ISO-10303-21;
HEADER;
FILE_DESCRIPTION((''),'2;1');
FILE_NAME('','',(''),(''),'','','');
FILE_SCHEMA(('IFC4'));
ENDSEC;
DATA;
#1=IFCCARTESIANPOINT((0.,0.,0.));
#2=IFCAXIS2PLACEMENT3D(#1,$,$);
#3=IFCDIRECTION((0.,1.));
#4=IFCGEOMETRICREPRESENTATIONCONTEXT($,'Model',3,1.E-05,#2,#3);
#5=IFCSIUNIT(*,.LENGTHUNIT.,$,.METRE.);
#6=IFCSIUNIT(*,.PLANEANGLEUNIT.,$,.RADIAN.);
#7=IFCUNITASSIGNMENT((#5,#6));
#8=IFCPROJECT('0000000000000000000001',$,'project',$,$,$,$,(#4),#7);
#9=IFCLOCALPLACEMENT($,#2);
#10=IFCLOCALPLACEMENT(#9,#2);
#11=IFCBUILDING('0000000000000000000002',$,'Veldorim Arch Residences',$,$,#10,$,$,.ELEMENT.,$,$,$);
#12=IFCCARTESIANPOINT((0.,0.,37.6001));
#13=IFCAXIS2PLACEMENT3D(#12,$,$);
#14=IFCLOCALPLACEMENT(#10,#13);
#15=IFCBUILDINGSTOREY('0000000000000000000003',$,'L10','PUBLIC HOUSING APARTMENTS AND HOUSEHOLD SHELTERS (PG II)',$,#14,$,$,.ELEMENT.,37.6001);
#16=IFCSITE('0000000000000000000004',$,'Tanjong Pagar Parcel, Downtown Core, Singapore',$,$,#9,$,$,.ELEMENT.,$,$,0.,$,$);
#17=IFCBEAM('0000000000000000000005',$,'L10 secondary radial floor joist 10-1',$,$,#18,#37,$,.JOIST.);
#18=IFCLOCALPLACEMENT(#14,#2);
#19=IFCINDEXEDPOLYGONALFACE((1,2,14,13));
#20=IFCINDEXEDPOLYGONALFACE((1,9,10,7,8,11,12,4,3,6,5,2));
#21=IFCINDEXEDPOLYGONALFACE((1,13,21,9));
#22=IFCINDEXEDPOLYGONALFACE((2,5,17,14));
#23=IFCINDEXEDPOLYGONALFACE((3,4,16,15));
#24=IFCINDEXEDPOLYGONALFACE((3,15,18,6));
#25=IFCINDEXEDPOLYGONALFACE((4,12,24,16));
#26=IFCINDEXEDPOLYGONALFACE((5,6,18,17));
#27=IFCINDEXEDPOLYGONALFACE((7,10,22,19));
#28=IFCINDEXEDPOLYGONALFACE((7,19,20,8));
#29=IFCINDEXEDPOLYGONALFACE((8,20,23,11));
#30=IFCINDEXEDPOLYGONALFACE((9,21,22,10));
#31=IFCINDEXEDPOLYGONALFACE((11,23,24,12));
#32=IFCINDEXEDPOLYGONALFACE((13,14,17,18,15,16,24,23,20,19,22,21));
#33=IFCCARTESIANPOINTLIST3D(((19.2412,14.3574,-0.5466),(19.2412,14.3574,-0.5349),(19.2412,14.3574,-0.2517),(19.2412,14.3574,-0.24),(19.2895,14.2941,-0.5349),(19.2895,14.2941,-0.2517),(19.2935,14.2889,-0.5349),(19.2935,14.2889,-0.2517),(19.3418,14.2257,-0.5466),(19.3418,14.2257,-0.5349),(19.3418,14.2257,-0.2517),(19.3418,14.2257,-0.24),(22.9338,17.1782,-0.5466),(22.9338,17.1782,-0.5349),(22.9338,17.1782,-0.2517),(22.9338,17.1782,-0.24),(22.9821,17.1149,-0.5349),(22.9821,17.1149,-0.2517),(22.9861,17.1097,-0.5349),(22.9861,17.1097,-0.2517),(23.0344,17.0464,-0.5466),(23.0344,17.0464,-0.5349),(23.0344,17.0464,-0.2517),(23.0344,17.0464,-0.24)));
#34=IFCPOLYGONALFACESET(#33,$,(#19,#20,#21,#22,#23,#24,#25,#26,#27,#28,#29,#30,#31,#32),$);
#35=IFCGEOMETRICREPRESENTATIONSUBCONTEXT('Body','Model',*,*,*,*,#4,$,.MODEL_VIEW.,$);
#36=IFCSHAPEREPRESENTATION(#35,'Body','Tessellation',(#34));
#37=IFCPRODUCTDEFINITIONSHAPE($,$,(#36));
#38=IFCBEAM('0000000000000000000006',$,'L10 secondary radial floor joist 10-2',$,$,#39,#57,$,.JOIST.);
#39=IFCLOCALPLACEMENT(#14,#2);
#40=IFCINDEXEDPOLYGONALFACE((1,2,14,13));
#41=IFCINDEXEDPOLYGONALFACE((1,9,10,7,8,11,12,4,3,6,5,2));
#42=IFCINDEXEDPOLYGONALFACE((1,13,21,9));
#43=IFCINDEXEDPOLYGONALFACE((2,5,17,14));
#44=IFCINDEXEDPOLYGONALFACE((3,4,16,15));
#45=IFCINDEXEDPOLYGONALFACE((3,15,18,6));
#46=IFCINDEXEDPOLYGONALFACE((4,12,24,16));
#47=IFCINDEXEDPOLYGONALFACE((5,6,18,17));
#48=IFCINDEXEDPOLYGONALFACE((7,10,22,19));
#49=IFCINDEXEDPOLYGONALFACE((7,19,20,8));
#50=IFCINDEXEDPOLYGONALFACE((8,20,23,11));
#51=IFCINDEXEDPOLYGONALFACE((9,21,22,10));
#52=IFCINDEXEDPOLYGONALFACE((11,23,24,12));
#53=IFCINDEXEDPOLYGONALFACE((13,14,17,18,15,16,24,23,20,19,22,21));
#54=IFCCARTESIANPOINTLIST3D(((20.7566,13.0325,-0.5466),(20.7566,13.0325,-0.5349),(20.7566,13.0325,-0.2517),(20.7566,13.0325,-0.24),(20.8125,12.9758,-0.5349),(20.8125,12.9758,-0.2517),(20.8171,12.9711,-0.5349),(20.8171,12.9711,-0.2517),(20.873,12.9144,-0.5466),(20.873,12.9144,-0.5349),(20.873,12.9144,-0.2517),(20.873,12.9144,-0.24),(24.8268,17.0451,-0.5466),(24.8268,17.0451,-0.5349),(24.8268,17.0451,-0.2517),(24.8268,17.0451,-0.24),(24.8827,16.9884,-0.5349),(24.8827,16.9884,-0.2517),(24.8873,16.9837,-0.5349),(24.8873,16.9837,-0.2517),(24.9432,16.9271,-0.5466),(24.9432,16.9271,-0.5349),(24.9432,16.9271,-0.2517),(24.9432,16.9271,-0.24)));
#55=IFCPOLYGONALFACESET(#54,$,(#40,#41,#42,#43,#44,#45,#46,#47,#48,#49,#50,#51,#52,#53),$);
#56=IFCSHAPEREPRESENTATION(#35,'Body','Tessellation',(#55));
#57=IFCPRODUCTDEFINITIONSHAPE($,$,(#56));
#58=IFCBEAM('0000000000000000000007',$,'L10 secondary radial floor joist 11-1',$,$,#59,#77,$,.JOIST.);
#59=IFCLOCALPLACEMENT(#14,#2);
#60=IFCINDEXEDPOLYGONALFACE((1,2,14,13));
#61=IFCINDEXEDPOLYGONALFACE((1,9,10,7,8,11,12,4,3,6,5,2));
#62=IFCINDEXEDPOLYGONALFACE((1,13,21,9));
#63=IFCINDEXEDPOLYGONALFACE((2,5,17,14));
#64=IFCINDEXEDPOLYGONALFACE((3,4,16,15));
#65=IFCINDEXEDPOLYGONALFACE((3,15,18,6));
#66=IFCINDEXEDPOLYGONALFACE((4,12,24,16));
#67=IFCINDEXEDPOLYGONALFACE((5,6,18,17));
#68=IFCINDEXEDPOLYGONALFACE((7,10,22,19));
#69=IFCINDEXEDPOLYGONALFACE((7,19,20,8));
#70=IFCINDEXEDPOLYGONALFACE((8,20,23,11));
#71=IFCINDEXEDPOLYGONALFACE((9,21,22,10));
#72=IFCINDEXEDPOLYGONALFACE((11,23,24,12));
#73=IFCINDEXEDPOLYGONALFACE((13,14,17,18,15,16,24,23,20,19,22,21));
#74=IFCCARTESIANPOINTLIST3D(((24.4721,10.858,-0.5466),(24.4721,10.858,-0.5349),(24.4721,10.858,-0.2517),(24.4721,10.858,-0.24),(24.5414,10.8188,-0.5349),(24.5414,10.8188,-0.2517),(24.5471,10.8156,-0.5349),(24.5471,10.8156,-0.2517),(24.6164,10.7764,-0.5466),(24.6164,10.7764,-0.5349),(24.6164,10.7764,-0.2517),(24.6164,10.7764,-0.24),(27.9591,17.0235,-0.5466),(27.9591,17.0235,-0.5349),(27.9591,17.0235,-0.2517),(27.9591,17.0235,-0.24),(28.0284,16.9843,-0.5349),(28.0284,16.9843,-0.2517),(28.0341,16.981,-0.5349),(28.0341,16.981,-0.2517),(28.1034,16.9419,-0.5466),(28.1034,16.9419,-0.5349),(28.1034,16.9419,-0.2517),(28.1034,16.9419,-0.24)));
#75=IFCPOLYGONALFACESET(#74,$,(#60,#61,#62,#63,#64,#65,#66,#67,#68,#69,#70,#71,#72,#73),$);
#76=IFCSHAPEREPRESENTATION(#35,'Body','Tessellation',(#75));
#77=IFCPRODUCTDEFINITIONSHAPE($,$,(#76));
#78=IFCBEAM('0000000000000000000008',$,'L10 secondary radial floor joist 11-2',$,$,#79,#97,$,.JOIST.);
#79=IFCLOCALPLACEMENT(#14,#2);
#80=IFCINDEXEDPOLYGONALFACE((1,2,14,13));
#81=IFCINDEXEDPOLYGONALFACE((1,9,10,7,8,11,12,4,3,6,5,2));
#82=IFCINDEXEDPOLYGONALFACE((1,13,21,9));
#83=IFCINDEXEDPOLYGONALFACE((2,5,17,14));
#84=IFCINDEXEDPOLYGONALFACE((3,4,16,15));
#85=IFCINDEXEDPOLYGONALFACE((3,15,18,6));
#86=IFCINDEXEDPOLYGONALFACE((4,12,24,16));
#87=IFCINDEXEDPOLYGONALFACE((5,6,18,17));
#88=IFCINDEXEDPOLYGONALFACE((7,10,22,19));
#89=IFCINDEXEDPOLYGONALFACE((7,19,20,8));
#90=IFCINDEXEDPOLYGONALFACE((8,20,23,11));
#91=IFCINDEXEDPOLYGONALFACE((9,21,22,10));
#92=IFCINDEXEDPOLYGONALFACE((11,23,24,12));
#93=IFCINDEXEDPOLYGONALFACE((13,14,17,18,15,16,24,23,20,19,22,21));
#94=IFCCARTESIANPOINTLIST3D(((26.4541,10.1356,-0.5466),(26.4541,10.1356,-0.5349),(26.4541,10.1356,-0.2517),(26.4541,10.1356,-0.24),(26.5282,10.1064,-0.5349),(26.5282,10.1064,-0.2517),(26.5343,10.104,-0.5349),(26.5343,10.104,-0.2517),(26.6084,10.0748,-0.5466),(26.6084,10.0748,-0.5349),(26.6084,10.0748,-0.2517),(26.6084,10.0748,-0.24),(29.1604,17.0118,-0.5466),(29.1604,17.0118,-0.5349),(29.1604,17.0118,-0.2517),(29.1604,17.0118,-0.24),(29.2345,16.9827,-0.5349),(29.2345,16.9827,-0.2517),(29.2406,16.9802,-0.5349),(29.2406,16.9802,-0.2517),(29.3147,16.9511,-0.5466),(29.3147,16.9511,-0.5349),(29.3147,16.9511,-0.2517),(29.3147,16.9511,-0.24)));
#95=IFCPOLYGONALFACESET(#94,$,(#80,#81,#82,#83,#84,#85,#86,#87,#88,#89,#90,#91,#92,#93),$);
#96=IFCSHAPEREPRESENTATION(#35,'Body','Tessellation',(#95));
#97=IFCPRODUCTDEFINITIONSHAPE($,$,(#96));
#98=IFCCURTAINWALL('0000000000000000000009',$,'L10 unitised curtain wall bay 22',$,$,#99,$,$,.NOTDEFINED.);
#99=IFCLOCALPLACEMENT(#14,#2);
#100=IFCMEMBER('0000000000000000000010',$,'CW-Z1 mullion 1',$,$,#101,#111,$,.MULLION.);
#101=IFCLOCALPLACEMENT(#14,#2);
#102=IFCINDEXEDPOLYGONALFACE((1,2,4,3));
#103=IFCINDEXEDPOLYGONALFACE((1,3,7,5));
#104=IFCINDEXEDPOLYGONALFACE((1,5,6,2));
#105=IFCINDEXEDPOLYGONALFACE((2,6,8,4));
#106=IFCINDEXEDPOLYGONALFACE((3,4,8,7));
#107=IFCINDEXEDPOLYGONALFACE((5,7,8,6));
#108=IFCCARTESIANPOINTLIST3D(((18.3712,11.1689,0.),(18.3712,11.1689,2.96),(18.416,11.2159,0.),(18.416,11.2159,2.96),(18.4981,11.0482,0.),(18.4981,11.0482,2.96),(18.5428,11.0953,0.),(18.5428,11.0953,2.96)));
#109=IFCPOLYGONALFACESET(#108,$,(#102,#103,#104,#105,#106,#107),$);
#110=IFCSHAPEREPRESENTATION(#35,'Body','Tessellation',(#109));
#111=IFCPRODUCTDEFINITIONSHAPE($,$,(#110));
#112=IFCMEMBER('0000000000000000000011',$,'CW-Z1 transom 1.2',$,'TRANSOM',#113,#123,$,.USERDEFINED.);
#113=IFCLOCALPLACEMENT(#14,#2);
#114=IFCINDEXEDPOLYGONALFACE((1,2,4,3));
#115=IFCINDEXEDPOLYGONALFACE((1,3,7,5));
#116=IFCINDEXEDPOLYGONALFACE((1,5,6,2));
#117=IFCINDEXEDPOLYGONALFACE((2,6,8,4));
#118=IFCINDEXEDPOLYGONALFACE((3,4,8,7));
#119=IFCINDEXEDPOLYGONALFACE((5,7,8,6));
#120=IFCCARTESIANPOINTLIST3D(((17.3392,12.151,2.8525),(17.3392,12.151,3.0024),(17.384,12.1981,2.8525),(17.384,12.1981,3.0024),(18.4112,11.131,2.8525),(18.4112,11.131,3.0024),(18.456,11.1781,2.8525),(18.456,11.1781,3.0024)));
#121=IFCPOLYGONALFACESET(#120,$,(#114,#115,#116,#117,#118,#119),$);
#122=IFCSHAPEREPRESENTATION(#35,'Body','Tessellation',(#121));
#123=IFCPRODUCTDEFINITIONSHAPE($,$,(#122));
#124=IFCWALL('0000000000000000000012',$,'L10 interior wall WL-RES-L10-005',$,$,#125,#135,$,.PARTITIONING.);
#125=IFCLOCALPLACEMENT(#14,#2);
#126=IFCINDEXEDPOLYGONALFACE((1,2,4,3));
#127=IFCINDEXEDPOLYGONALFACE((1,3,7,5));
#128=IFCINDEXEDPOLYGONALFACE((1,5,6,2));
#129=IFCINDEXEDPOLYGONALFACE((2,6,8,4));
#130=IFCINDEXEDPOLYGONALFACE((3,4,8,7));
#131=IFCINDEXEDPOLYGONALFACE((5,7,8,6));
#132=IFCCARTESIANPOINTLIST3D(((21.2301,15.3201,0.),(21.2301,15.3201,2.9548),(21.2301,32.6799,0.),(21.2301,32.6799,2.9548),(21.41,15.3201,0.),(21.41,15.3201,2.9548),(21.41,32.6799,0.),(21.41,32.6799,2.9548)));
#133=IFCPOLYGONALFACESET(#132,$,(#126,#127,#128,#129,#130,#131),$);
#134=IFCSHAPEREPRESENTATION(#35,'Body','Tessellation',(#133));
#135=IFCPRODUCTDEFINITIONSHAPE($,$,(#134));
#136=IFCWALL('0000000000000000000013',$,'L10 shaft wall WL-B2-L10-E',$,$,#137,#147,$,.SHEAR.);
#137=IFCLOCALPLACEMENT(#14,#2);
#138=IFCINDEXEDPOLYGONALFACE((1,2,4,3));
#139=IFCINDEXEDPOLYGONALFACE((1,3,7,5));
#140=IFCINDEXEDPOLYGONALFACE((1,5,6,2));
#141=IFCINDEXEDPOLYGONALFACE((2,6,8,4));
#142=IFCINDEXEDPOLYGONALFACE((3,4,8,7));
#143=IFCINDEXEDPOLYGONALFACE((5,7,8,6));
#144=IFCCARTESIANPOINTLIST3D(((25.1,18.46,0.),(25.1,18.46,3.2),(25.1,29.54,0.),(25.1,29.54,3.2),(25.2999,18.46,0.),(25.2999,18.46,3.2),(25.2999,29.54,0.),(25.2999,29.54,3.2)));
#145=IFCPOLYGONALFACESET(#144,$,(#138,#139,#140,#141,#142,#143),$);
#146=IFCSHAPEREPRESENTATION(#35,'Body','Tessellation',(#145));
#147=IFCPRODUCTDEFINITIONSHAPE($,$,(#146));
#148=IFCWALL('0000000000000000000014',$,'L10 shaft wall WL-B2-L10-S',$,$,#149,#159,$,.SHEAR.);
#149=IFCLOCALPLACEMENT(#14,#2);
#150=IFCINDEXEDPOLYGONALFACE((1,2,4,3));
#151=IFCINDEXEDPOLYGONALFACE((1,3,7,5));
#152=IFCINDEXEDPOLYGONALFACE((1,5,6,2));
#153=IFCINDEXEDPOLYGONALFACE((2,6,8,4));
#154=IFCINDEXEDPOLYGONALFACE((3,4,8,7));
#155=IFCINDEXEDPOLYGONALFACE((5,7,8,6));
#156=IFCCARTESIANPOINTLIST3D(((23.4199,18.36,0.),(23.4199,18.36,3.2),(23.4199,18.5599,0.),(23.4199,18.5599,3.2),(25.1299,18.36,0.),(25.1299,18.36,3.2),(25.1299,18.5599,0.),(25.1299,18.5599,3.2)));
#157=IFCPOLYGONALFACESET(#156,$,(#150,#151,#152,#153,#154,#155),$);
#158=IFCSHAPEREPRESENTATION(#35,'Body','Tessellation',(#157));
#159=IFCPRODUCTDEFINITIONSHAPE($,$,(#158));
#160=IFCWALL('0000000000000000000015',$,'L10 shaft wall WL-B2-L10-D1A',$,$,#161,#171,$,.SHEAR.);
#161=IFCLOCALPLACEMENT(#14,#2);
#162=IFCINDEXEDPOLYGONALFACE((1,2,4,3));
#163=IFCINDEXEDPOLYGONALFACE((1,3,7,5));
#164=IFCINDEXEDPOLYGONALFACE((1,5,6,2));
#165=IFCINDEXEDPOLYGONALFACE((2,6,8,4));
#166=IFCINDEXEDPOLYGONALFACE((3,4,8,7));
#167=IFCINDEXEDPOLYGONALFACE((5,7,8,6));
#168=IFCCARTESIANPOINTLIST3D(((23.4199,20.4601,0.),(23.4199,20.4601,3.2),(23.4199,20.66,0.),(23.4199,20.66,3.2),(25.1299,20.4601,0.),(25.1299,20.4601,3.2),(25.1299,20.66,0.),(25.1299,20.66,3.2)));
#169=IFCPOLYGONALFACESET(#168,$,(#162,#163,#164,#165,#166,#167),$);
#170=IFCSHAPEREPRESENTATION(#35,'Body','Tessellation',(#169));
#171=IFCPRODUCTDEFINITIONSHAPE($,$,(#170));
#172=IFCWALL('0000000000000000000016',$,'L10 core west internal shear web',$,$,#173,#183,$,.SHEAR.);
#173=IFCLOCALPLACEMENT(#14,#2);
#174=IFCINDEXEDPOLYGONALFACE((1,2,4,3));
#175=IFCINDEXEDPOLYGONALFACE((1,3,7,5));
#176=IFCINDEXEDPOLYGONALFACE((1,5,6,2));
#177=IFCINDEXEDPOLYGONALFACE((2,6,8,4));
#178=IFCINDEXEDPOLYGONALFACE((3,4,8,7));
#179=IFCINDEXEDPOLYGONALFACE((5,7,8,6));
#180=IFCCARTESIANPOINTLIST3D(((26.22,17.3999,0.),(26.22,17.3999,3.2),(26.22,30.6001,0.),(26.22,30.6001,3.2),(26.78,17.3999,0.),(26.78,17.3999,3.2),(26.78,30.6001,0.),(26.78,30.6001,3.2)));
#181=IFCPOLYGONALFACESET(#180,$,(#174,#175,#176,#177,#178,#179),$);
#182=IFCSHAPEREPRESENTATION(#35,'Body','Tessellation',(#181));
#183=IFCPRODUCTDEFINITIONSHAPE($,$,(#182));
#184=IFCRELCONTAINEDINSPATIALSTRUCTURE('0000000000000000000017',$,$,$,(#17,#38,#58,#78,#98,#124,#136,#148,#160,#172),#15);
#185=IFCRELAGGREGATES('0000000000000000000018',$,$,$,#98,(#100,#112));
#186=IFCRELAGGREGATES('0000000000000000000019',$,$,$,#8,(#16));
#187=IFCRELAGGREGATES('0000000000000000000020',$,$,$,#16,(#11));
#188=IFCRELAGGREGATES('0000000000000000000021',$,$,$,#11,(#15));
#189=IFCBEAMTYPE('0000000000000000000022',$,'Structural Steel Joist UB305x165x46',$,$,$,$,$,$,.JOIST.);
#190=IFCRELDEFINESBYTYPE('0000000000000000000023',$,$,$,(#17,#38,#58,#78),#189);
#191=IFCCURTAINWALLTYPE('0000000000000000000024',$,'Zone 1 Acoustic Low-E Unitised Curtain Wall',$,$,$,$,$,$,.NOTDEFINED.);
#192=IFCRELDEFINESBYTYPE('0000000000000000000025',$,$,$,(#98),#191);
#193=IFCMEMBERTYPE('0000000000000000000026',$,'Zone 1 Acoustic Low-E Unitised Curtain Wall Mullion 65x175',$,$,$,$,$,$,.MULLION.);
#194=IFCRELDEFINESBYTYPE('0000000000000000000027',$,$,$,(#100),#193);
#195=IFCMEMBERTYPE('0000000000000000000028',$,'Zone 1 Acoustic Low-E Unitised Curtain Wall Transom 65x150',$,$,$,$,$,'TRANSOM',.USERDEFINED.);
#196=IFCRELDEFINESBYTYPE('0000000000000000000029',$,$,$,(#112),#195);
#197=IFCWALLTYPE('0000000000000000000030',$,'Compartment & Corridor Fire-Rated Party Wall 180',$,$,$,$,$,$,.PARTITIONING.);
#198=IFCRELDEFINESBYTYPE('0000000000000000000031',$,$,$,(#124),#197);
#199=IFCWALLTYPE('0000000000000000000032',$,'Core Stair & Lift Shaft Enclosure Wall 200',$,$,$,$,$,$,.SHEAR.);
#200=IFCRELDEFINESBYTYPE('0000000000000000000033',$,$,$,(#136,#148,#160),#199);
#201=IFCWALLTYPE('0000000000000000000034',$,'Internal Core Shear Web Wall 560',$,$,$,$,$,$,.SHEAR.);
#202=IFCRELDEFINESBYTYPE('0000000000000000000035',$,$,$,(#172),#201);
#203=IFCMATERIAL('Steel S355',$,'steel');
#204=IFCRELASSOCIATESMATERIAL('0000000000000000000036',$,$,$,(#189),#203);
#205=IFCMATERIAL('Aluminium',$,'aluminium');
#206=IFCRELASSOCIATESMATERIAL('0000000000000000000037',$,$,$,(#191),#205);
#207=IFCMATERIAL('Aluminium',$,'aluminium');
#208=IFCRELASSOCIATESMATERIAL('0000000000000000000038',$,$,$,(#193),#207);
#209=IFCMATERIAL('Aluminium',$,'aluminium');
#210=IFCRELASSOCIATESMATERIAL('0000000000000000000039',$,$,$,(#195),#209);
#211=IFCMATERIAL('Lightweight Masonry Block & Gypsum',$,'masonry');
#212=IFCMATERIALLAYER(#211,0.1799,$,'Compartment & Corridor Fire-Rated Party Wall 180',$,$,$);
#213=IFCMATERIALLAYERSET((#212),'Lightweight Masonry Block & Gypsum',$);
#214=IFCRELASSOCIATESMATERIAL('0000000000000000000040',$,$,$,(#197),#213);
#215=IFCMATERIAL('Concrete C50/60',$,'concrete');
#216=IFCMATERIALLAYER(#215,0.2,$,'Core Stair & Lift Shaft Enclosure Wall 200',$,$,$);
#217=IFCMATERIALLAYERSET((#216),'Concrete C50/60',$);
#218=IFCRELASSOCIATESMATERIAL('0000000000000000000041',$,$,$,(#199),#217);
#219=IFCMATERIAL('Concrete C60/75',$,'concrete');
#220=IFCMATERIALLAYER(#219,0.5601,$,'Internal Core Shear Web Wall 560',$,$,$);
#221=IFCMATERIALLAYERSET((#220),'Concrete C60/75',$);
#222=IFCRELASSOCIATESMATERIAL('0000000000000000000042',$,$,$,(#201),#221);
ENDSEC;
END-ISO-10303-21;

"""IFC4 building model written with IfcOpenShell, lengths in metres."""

from ifc_helpers import new_model, si_unit, direction, frame, frame_2d, origin, origin_2d, place, context, subcontext, project, spatial, rectangle, i_section, extrude, material, layer, layer_set, material_profile, profile_set, type_object, element, aggregate, save


model = new_model("IFC4")

# Units and contexts
model_context = context("Model", 3, precision=1e-05, world=origin(), true_north=direction((0.0, 1.0)))
body_context = subcontext(model_context, "Body", "Model", "MODEL_VIEW")
ifc_project = project(units=[si_unit("LENGTHUNIT", "METRE"), si_unit("PLANEANGLEUNIT", "RADIAN")], contexts=[model_context])

# Site, building, storey
site_placement = place(None, origin())
site = spatial("IfcSite", under=ifc_project, at=site_placement, Name="Tanjong Pagar Parcel, Downtown Core, Singapore", CompositionType="ELEMENT", RefElevation=0.0)
building_placement = place(site_placement, origin())
building = spatial("IfcBuilding", under=site, at=building_placement, Name="Veldorim Arch Residences", CompositionType="ELEMENT")
storey_placement = place(building_placement, frame((0.0, 0.0, 37.6001)))
storey = spatial("IfcBuildingStorey", under=building, at=storey_placement, Name="L10", Description="PUBLIC HOUSING APARTMENTS AND HOUSEHOLD SHELTERS (PG II)", CompositionType="ELEMENT", Elevation=37.6001)

# Beams
ifc_material_1 = material(Name="Steel S355", Category="steel")
ifc_material_profile_1 = material_profile(ifc_material_1, i_section(OverallWidth=0.1658, OverallDepth=0.3066, WebThickness=0.0066, FlangeThickness=0.0117, at=origin_2d()), Name="UB305x165x46")
ifc_profile_set_1 = profile_set([ifc_material_profile_1], Name="Steel S355")
beam_type_1 = type_object("IfcBeamType", Name="Structural Steel Joist UB305x165x46", PredefinedType="JOIST", material=ifc_profile_set_1)
beam_1_placement = place(storey_placement, frame((22.9841, 17.1123, -0.3933), z_axis=(-0.794666, -0.607046, 0.0), x_axis=(0.607046, -0.794666, 0.0)))
element("IfcBeam", 1, at=beam_1_placement, inside=storey, type_object=beam_type_1, Name="L10 secondary radial floor joist 10-1", PredefinedType="JOIST", context=body_context, shape_type="SweptSolid", body=[
    extrude(i_section(OverallWidth=0.1658, OverallDepth=0.3066, WebThickness=0.0066, FlangeThickness=0.0117, at=origin_2d()), origin(), (0.0, 0.0, 1.0), 4.6467),
])
beam_2_placement = place(storey_placement, frame((24.885, 16.9861, -0.3933), z_axis=(-0.712129, -0.702049, 0.0), x_axis=(0.702049, -0.712129, 0.0)))
element("IfcBeam", 2, at=beam_2_placement, inside=storey, type_object=beam_type_1, Name="L10 secondary radial floor joist 10-2", PredefinedType="JOIST", context=body_context, shape_type="SweptSolid", body=[
    extrude(i_section(OverallWidth=0.1658, OverallDepth=0.3066, WebThickness=0.0066, FlangeThickness=0.0117, at=origin_2d()), origin(), (0.0, 0.0, 1.0), 5.7156),
])
beam_3_placement = place(storey_placement, frame((28.0312, 16.9827, -0.3933), z_axis=(-0.492292, -0.87043, 0.0), x_axis=(0.87043, -0.492292, 0.0)))
element("IfcBeam", 3, at=beam_3_placement, inside=storey, type_object=beam_type_1, Name="L10 secondary radial floor joist 11-1", PredefinedType="JOIST", context=body_context, shape_type="SweptSolid", body=[
    extrude(i_section(OverallWidth=0.1658, OverallDepth=0.3066, WebThickness=0.0066, FlangeThickness=0.0117, at=origin_2d()), origin(), (0.0, 0.0, 1.0), 7.0833),
])
beam_4_placement = place(storey_placement, frame((29.2375, 16.9814, -0.3933), z_axis=(-0.36623, -0.930524, 0.0), x_axis=(0.930524, -0.36623, 0.0)))
element("IfcBeam", 4, at=beam_4_placement, inside=storey, type_object=beam_type_1, Name="L10 secondary radial floor joist 11-2", PredefinedType="JOIST", context=body_context, shape_type="SweptSolid", body=[
    extrude(i_section(OverallWidth=0.1658, OverallDepth=0.3066, WebThickness=0.0066, FlangeThickness=0.0117, at=origin_2d()), origin(), (0.0, 0.0, 1.0), 7.3896),
])

# Curtain wall, members
ifc_material_2 = material(Name="Aluminium", Category="aluminium")
curtain_wall_type = type_object("IfcCurtainWallType", Name="Zone 1 Acoustic Low-E Unitised Curtain Wall", PredefinedType="NOTDEFINED", material=ifc_material_2)
curtain_wall_placement = place(storey_placement, origin())
curtain_wall = element("IfcCurtainWall", 5, at=curtain_wall_placement, inside=storey, type_object=curtain_wall_type, Name="L10 unitised curtain wall bay 22", PredefinedType="NOTDEFINED")
ifc_material_3 = material(Name="Aluminium", Category="aluminium")
ifc_material_profile_2 = material_profile(ifc_material_3, rectangle(XDim=0.0649, YDim=0.175, at=origin_2d()), Name="ALU_MUL_65x175")
ifc_profile_set_2 = profile_set([ifc_material_profile_2], Name="Aluminium")
member_type_1 = type_object("IfcMemberType", Name="Zone 1 Acoustic Low-E Unitised Curtain Wall Mullion 65x175", PredefinedType="MULLION", material=ifc_profile_set_2)
member_1_placement = place(storey_placement, frame((18.457, 11.1321, 0.0), z_axis=(0.0, 0.0, 1.0), x_axis=(-0.689245, -0.724528, 0.0)))
member_1 = element("IfcMember", 6, at=member_1_placement, type_object=member_type_1, Name="CW-Z1 mullion 1", PredefinedType="MULLION", context=body_context, shape_type="SweptSolid", body=[
    extrude(rectangle(XDim=0.0649, YDim=0.175, at=origin_2d()), origin(), (0.0, 0.0, 1.0), 2.96),
])
ifc_material_4 = material(Name="Aluminium", Category="aluminium")
ifc_material_profile_3 = material_profile(ifc_material_4, rectangle(XDim=0.0649, YDim=0.1499, at=origin_2d()), Name="ALU_TRN_65x150")
ifc_profile_set_3 = profile_set([ifc_material_profile_3], Name="Aluminium")
member_type_2 = type_object("IfcMemberType", Name="Zone 1 Acoustic Low-E Unitised Curtain Wall Transom 65x150", ElementType="TRANSOM", PredefinedType="USERDEFINED", material=ifc_profile_set_3)
member_2_placement = place(storey_placement, frame((18.4336, 11.1545, 2.9275), z_axis=(-0.72446, 0.689317, 0.0), x_axis=(-0.689317, -0.72446, 0.0)))
member_2 = element("IfcMember", 7, at=member_2_placement, type_object=member_type_2, Name="CW-Z1 transom 1.2", ObjectType="TRANSOM", PredefinedType="USERDEFINED", context=body_context, shape_type="SweptSolid", body=[
    extrude(rectangle(XDim=0.0649, YDim=0.1499, at=origin_2d()), origin(), (0.0, 0.0, 1.0), 1.4797),
])
aggregate(curtain_wall, [member_1, member_2])

# Wall
ifc_material_5 = material(Name="Lightweight Masonry Block & Gypsum", Category="masonry")
ifc_layer_1 = layer(ifc_material_5, 0.1799, Name="Compartment & Corridor Fire-Rated Party Wall 180")
ifc_layer_set_1 = layer_set([ifc_layer_1], Name="Lightweight Masonry Block & Gypsum")
wall_type_1 = type_object("IfcWallType", Name="Compartment & Corridor Fire-Rated Party Wall 180", PredefinedType="PARTITIONING", material=ifc_layer_set_1)
wall_1_placement = place(storey_placement, frame((21.3201, 15.3201, 0.0), z_axis=(0.0, 0.0, 1.0), x_axis=(0.0, 1.0, 0.0)))
element("IfcWall", 8, at=wall_1_placement, inside=storey, type_object=wall_type_1, Name="L10 interior wall WL-RES-L10-005", PredefinedType="PARTITIONING", context=body_context, shape_type="SweptSolid", body=[
    extrude(rectangle(XDim=17.3599, YDim=0.1799, at=frame_2d((8.6799, 0.0))), origin(), (0.0, 0.0, 1.0), 2.9548),
])

# Shared definitions
ifc_material_6 = material(Name="Concrete C50/60", Category="concrete")
ifc_layer_2 = layer(ifc_material_6, 0.2, Name="Core Stair & Lift Shaft Enclosure Wall 200")
ifc_layer_set_2 = layer_set([ifc_layer_2], Name="Concrete C50/60")
wall_type_2 = type_object("IfcWallType", Name="Core Stair & Lift Shaft Enclosure Wall 200", PredefinedType="SHEAR", material=ifc_layer_set_2)

# Walls
wall_2_placement = place(storey_placement, frame((25.2, 18.46, 0.0), z_axis=(0.0, 0.0, 1.0), x_axis=(0.0, 1.0, 0.0)))
element("IfcWall", 9, at=wall_2_placement, inside=storey, type_object=wall_type_2, Name="L10 shaft wall WL-B2-L10-E", PredefinedType="SHEAR", context=body_context, shape_type="SweptSolid", body=[
    extrude(rectangle(XDim=11.0801, YDim=0.2, at=frame_2d((5.54, 0.0))), origin(), (0.0, 0.0, 1.0), 3.2),
])
for number, where, z_axis, x_axis, name in (
    (10, (23.4199, 18.46, 0.0), (0.0, 0.0, 1.0), (1.0, 0.0, 0.0), "L10 shaft wall WL-B2-L10-S"),
    (11, (23.4199, 20.5601, 0.0), (0.0, 0.0, 1.0), (1.0, 0.0, 0.0), "L10 shaft wall WL-B2-L10-D1A"),
):
    element("IfcWall", number, at=place(storey_placement, frame(where, z_axis=z_axis, x_axis=x_axis)), inside=storey, type_object=wall_type_2, Name=name, PredefinedType="SHEAR", context=body_context, shape_type="SweptSolid", body=[
        extrude(rectangle(XDim=1.71, YDim=0.2, at=frame_2d((0.855, 0.0))), origin(), (0.0, 0.0, 1.0), 3.2),
    ])
ifc_material_7 = material(Name="Concrete C60/75", Category="concrete")
ifc_layer_3 = layer(ifc_material_7, 0.5601, Name="Internal Core Shear Web Wall 560")
ifc_layer_set_3 = layer_set([ifc_layer_3], Name="Concrete C60/75")
wall_type_3 = type_object("IfcWallType", Name="Internal Core Shear Web Wall 560", PredefinedType="SHEAR", material=ifc_layer_set_3)
wall_3_placement = place(storey_placement, frame((26.5, 17.3999, 0.0), z_axis=(0.0, 0.0, 1.0), x_axis=(0.0, 1.0, 0.0)))
element("IfcWall", 12, at=wall_3_placement, inside=storey, type_object=wall_type_3, Name="L10 core west internal shear web", PredefinedType="SHEAR", context=body_context, shape_type="SweptSolid", body=[
    extrude(rectangle(XDim=13.2002, YDim=0.5601, at=frame_2d((6.6001, 0.0))), origin(), (0.0, 0.0, 1.0), 3.2),
])

save(model, "model.ifc")
